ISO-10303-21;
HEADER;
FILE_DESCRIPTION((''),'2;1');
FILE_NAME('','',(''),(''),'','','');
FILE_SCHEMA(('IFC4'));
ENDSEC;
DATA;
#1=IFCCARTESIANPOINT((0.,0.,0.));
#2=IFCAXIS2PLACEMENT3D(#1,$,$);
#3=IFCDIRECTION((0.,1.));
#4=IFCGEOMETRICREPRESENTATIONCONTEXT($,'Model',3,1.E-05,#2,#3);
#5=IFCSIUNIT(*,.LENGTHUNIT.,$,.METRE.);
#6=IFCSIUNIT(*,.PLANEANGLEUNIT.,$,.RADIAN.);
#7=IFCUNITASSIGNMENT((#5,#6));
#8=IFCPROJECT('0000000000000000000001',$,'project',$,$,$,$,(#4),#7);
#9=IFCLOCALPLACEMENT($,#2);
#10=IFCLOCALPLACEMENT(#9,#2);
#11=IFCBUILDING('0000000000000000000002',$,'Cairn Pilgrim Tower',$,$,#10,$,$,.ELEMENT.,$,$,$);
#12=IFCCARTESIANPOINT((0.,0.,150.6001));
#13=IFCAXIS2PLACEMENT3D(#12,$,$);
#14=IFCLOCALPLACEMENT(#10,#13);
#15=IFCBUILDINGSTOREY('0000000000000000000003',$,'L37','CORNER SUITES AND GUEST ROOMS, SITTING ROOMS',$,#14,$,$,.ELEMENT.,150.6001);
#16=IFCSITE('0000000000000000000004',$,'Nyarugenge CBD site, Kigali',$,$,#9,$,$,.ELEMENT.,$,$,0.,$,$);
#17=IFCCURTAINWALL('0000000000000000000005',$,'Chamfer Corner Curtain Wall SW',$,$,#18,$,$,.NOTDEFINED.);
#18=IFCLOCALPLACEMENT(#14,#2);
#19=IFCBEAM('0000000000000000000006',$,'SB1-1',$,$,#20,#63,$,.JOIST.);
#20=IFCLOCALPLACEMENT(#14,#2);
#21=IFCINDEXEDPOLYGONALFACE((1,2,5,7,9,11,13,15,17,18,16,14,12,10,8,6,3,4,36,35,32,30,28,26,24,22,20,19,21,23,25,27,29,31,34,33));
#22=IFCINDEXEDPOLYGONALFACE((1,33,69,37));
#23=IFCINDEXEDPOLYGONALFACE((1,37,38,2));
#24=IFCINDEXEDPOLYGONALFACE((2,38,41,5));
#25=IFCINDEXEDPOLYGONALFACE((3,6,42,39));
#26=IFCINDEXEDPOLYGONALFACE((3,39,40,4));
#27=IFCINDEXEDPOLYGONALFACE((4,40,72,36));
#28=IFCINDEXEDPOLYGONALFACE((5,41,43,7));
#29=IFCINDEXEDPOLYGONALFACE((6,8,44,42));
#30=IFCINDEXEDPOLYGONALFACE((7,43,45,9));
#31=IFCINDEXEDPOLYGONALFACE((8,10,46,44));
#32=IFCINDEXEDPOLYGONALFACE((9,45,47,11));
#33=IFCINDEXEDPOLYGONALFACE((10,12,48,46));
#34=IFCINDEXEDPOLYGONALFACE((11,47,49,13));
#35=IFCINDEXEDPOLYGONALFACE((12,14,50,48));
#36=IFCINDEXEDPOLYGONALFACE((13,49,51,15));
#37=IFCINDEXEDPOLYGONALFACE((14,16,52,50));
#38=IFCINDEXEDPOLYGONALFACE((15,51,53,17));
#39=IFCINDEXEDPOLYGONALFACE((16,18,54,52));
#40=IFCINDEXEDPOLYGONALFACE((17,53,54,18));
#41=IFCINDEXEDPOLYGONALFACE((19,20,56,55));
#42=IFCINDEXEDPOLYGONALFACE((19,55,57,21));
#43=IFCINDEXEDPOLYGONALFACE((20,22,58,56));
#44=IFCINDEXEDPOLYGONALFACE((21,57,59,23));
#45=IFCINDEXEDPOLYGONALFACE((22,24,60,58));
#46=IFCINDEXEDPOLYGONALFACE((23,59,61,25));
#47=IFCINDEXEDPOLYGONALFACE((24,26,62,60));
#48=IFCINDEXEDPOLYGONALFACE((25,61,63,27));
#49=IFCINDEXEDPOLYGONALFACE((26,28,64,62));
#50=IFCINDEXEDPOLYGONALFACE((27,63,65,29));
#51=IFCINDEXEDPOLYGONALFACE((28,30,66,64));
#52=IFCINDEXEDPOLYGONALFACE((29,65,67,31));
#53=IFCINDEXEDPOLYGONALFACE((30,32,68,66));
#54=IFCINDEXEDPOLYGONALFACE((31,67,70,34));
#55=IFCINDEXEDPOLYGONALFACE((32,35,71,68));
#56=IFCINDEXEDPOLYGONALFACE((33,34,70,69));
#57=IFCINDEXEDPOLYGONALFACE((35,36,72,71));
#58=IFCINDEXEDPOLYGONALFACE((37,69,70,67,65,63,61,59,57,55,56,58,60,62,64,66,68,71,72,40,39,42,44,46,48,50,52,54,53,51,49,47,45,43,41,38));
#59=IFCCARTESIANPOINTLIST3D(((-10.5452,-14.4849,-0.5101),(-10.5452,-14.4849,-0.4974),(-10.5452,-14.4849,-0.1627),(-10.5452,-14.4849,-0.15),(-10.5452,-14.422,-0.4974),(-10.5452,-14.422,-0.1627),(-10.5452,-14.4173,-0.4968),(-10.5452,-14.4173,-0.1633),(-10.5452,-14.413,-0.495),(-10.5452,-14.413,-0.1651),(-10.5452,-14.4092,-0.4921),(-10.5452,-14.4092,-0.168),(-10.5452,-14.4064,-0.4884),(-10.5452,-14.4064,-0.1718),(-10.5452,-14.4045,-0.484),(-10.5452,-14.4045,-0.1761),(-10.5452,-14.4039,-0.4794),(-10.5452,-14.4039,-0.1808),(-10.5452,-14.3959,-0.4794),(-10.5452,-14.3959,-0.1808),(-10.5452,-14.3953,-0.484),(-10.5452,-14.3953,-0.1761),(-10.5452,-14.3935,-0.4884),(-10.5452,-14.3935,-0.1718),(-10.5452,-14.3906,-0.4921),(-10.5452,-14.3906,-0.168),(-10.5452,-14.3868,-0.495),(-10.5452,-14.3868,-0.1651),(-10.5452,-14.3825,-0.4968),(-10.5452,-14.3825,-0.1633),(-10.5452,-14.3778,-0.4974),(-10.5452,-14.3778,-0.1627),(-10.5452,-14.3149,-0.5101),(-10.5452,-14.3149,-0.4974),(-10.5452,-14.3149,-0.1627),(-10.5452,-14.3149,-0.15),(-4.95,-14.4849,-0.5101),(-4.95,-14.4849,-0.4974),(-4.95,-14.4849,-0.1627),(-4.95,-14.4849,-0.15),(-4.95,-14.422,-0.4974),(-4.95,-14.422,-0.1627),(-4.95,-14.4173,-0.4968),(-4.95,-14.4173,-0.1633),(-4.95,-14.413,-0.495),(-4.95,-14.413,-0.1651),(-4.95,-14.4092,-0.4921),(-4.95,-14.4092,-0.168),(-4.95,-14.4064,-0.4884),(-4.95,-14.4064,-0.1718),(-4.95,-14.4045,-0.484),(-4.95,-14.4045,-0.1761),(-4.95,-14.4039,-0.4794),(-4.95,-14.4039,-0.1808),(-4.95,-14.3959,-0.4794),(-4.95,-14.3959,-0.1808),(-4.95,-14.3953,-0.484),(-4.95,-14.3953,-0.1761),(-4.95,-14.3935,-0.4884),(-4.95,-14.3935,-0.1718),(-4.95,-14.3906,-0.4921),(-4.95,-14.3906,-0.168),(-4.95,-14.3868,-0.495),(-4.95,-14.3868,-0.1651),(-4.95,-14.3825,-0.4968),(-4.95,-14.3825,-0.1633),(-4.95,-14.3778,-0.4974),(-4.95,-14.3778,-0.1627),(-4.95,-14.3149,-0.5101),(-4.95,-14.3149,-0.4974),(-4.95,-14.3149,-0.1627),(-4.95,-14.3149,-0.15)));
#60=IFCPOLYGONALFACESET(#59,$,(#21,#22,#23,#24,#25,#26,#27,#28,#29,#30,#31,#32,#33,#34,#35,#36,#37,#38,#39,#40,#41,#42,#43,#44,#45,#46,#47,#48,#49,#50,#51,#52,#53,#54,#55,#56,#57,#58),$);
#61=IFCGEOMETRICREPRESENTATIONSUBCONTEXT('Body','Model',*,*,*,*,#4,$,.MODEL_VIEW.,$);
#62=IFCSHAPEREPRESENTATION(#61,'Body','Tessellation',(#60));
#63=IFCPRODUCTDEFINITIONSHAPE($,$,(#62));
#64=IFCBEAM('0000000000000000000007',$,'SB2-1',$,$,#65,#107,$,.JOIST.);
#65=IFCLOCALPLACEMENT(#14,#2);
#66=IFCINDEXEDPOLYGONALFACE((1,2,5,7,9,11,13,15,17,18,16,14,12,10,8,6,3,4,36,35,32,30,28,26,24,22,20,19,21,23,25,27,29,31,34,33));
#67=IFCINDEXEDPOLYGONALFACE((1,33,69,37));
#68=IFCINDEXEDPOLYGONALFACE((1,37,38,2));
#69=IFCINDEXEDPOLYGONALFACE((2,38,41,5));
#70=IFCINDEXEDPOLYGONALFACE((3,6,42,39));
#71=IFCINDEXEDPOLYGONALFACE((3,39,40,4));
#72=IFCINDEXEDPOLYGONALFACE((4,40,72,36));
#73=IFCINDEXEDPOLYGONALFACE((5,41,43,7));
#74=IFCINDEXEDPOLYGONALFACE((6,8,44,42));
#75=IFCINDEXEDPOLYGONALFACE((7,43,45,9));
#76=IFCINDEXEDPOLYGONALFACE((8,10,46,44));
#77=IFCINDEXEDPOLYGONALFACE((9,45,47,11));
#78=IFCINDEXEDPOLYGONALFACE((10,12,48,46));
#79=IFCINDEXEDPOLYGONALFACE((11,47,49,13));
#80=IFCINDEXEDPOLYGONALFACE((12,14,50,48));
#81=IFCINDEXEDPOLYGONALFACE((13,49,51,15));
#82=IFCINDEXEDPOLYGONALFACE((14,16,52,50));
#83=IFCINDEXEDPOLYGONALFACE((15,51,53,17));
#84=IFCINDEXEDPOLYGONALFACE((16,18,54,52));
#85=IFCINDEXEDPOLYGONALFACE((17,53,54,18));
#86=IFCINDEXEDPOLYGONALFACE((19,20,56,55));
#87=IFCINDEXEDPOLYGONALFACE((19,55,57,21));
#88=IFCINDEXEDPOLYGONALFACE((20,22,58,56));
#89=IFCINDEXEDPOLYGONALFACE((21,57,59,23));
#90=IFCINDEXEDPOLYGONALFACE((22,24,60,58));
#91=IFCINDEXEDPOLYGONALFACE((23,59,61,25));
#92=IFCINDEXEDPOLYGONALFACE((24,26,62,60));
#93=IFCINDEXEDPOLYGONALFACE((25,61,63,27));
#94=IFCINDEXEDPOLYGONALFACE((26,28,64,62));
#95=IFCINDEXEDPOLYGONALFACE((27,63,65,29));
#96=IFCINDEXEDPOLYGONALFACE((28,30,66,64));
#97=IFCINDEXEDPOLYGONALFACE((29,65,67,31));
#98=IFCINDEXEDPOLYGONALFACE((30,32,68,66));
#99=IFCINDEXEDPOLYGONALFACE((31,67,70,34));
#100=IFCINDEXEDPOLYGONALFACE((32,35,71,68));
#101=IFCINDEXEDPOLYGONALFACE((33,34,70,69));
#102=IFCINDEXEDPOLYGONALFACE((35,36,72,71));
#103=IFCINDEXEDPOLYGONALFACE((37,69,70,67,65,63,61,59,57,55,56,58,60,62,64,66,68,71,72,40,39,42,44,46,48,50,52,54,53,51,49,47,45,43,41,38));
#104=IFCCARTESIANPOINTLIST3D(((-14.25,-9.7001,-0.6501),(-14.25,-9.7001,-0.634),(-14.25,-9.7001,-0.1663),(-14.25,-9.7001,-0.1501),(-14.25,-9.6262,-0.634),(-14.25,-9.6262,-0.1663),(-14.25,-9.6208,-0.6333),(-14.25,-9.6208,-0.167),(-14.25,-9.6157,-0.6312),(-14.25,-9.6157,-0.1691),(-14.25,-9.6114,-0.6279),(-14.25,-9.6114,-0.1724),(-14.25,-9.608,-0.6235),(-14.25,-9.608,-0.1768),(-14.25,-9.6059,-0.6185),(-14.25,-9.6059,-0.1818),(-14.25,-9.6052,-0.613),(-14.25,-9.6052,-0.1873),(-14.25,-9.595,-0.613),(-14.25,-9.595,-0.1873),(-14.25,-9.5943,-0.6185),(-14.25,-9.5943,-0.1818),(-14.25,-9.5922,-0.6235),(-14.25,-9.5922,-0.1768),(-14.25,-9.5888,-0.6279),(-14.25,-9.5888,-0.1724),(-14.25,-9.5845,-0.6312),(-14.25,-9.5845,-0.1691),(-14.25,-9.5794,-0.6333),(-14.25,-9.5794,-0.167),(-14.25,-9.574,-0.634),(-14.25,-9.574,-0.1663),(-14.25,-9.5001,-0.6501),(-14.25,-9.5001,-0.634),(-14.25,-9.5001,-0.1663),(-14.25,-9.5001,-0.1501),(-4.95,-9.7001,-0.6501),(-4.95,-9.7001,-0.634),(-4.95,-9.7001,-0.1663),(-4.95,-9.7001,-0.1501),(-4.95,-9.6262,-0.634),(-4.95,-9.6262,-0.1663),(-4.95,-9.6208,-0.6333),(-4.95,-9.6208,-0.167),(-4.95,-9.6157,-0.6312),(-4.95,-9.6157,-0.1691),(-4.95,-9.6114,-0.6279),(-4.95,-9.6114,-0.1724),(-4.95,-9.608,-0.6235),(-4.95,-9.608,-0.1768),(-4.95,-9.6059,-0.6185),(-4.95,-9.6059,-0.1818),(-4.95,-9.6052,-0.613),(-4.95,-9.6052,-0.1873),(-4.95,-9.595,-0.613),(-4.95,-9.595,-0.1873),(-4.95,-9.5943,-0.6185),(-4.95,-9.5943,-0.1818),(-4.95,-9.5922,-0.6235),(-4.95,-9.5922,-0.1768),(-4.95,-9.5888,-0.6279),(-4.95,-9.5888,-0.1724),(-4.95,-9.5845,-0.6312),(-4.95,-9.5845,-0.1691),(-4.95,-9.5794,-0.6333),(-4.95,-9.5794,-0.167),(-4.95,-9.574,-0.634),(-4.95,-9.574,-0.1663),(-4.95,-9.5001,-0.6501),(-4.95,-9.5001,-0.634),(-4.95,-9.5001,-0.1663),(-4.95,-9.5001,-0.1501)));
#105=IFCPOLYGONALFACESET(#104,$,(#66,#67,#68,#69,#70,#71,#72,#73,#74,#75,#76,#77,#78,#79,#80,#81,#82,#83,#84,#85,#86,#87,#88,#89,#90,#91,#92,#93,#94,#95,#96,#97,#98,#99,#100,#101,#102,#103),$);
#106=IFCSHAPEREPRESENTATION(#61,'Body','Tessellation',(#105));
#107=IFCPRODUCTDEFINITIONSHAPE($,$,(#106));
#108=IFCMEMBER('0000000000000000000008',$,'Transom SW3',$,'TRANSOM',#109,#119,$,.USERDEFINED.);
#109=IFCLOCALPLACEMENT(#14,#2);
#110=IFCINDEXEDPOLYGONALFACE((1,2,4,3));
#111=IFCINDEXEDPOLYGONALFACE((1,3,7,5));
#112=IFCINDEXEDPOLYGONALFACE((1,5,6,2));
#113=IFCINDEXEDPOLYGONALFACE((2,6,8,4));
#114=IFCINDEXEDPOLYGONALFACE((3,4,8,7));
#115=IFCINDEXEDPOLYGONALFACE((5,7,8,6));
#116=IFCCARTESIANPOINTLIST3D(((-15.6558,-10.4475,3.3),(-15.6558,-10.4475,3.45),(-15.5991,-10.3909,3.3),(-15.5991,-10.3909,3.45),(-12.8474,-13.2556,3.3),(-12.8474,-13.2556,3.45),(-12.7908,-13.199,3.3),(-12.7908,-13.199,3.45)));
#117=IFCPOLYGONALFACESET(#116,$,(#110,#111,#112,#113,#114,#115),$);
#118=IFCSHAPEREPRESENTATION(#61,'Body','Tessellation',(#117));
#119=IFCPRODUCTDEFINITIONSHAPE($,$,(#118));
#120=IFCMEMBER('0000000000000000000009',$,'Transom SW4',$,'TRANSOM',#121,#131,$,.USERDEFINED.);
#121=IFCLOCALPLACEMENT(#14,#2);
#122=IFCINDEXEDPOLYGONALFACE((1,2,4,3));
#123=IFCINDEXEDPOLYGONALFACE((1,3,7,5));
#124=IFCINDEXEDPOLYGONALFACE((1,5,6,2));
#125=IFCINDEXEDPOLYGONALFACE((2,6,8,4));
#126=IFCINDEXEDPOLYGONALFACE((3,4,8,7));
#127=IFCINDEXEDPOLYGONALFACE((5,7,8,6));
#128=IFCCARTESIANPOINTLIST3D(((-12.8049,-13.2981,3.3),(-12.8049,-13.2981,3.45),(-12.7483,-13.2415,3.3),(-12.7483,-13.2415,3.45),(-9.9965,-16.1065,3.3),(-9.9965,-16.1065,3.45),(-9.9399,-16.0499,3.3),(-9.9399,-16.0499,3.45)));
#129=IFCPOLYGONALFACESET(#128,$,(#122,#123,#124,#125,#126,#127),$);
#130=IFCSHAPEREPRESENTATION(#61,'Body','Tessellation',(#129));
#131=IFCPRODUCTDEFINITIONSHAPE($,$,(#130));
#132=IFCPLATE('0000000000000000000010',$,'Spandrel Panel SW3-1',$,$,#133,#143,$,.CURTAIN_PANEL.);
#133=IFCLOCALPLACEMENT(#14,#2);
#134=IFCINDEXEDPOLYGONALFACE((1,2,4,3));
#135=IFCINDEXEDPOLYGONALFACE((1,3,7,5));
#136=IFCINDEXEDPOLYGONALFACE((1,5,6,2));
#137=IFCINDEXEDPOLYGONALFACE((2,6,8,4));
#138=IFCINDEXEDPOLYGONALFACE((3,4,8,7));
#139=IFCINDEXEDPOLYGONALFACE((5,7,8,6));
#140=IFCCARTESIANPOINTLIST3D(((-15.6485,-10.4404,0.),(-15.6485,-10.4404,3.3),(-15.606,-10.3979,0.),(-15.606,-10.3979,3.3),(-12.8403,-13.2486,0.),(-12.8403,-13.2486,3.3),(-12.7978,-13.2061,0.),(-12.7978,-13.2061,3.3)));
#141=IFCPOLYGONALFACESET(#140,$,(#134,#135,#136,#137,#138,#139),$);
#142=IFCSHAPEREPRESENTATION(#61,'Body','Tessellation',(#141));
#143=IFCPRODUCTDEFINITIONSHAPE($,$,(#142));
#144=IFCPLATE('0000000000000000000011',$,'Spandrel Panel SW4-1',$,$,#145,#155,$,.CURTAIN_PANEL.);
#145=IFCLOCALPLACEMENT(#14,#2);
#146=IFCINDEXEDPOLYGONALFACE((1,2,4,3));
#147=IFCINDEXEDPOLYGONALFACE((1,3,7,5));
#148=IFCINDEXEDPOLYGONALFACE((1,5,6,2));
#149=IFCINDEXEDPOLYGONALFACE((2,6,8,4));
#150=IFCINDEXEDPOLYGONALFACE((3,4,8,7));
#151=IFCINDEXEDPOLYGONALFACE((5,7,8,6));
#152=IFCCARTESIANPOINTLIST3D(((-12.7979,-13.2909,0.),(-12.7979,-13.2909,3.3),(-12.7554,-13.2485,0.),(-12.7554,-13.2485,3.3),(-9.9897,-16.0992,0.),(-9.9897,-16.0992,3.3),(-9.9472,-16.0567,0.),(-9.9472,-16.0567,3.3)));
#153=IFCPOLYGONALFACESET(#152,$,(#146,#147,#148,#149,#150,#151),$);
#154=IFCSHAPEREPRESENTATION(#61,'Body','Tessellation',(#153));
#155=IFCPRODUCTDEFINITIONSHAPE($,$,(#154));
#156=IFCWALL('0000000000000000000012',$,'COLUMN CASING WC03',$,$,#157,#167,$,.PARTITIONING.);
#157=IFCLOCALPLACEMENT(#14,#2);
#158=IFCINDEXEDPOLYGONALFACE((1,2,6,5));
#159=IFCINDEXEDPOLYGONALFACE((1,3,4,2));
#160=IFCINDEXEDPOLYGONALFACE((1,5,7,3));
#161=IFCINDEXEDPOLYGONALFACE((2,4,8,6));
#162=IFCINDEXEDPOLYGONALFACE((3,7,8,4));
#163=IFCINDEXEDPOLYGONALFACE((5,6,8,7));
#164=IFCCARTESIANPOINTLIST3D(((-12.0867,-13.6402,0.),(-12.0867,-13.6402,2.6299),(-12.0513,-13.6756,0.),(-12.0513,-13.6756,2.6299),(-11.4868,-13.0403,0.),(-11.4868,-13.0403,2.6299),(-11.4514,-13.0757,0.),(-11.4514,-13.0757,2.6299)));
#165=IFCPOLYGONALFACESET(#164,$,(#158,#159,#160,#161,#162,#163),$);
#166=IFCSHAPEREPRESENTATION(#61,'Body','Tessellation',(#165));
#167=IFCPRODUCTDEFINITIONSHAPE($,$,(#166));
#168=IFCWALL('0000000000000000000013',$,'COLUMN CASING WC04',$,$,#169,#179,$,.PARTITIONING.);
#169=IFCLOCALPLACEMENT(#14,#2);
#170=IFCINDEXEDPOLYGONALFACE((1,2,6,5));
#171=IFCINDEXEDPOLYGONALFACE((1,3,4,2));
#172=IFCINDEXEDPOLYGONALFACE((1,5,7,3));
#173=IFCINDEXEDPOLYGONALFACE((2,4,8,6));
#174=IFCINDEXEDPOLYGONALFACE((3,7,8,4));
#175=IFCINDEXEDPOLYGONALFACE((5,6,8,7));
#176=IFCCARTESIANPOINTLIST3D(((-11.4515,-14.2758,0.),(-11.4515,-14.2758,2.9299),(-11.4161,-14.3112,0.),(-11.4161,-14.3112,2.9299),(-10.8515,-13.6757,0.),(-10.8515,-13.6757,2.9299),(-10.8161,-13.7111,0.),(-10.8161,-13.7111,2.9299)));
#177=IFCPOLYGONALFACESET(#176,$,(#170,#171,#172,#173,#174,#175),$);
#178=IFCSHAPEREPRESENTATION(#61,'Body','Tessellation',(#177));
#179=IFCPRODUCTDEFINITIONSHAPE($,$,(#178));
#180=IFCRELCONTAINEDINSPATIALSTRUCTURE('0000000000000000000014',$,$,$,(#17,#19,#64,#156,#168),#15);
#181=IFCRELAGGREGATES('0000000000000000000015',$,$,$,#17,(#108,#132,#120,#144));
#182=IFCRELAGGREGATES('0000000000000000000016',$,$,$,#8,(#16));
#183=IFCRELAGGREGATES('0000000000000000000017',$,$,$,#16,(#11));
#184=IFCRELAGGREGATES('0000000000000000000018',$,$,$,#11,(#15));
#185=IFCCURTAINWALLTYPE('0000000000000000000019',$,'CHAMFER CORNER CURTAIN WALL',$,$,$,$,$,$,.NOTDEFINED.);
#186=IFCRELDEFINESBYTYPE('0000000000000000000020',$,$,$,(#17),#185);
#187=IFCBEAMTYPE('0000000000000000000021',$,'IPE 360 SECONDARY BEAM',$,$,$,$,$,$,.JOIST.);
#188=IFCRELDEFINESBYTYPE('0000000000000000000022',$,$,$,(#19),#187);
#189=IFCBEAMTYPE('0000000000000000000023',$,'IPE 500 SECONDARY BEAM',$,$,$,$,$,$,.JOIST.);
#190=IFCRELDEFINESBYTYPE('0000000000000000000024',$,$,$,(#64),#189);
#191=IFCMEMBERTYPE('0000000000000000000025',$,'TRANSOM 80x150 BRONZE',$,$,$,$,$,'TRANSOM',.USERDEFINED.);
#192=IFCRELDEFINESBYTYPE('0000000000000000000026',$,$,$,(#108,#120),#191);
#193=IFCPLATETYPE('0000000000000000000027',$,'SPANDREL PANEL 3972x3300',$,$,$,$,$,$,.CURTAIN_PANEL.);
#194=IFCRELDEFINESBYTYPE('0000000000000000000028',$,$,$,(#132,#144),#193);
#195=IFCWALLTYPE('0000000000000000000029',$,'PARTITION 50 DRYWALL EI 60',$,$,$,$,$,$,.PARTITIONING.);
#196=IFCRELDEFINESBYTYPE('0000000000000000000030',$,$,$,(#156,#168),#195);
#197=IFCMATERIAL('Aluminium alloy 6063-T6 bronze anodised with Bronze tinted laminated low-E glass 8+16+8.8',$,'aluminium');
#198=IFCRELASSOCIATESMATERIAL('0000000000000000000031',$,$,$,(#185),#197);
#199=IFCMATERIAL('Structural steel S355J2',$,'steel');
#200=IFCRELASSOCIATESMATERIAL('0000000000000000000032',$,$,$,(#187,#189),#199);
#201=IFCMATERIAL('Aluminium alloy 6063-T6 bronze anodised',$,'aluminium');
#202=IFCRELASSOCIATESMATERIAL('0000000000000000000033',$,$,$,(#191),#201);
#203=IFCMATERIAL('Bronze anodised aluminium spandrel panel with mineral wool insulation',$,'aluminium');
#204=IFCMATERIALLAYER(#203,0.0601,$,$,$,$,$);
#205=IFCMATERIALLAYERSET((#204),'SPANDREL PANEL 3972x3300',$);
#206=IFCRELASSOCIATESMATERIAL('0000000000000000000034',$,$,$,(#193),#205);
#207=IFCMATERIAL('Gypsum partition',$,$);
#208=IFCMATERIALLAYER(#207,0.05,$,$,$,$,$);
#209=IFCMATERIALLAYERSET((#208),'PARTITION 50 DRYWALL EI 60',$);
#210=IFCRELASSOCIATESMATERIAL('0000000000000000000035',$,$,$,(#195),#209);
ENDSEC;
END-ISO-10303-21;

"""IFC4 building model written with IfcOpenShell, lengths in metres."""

from ifc_helpers import new_model, si_unit, direction, frame, frame_2d, origin, origin_2d, place, context, subcontext, project, spatial, rectangle, i_section, extrude, material, layer, layer_set, material_profile, profile_set, type_object, element, aggregate, save


model = new_model("IFC4")

# Units and contexts
model_context = context("Model", 3, precision=1e-05, world=origin(), true_north=direction((0.0, 1.0)))
body_context = subcontext(model_context, "Body", "Model", "MODEL_VIEW")
ifc_project = project(units=[si_unit("LENGTHUNIT", "METRE"), si_unit("PLANEANGLEUNIT", "RADIAN")], contexts=[model_context])

# Site, building, storey
site_placement = place(None, origin())
site = spatial("IfcSite", under=ifc_project, at=site_placement, Name="Nyarugenge CBD site, Kigali", CompositionType="ELEMENT", RefElevation=0.0)
building_placement = place(site_placement, origin())
building = spatial("IfcBuilding", under=site, at=building_placement, Name="Cairn Pilgrim Tower", CompositionType="ELEMENT")
storey_placement = place(building_placement, frame((0.0, 0.0, 150.6001)))
storey = spatial("IfcBuildingStorey", under=building, at=storey_placement, Name="L37", Description="CORNER SUITES AND GUEST ROOMS, SITTING ROOMS", CompositionType="ELEMENT", Elevation=150.6001)

# Shared definitions
ifc_material_1 = material(Name="Structural steel S355J2", Category="steel")

# Shared definitions
ifc_material_2 = material(Name="Aluminium alloy 6063-T6 bronze anodised with Bronze tinted laminated low-E glass 8+16+8.8", Category="aluminium")
ifc_material_3 = material(Name="Aluminium alloy 6063-T6 bronze anodised", Category="aluminium")

# Curtain wall
curtain_wall_type_1 = type_object("IfcCurtainWallType", Name="CHAMFER CORNER CURTAIN WALL", PredefinedType="NOTDEFINED", material=ifc_material_2)
curtain_wall_1_placement = place(storey_placement, origin())
curtain_wall_1 = element("IfcCurtainWall", 1, at=curtain_wall_1_placement, inside=storey, type_object=curtain_wall_type_1, Name="Chamfer Corner Curtain Wall SW", PredefinedType="NOTDEFINED")

# Beams
ifc_material_profile_1 = material_profile(ifc_material_1, i_section(OverallWidth=0.1699, OverallDepth=0.3601, WebThickness=0.0081, FlangeThickness=0.0127, FilletRadius=0.0181, at=origin_2d()), Name="IPE 360")
ifc_profile_set_1 = profile_set([ifc_material_profile_1], Name="Structural steel S355J2")
beam_type_1 = type_object("IfcBeamType", Name="IPE 360 SECONDARY BEAM", PredefinedType="JOIST", material=ifc_profile_set_1)
beam_1_placement = place(storey_placement, frame((-10.5452, -14.3999, -0.3301), z_axis=(1.0, 0.0, 0.0), x_axis=(0.0, 1.0, 0.0)))
element("IfcBeam", 2, at=beam_1_placement, inside=storey, type_object=beam_type_1, Name="SB1-1", PredefinedType="JOIST", context=body_context, shape_type="SweptSolid", body=[
    extrude(i_section(OverallWidth=0.1699, OverallDepth=0.3601, WebThickness=0.0081, FlangeThickness=0.0127, FilletRadius=0.0181, at=origin_2d()), origin(), (0.0, 0.0, 1.0), 5.5952),
])
ifc_material_profile_2 = material_profile(ifc_material_1, i_section(OverallWidth=0.2, OverallDepth=0.5, WebThickness=0.0103, FlangeThickness=0.0161, FilletRadius=0.021, at=origin_2d()), Name="IPE 500")
ifc_profile_set_2 = profile_set([ifc_material_profile_2], Name="Structural steel S355J2")
beam_type_2 = type_object("IfcBeamType", Name="IPE 500 SECONDARY BEAM", PredefinedType="JOIST", material=ifc_profile_set_2)
beam_2_placement = place(storey_placement, frame((-14.25, -9.6001, -0.4001), z_axis=(1.0, 0.0, 0.0), x_axis=(0.0, 1.0, 0.0)))
element("IfcBeam", 3, at=beam_2_placement, inside=storey, type_object=beam_type_2, Name="SB2-1", PredefinedType="JOIST", context=body_context, shape_type="SweptSolid", body=[
    extrude(i_section(OverallWidth=0.2, OverallDepth=0.5, WebThickness=0.0103, FlangeThickness=0.0161, FilletRadius=0.021, at=origin_2d()), origin(), (0.0, 0.0, 1.0), 9.3),
])

# Members
ifc_material_profile_3 = material_profile(ifc_material_3, rectangle(XDim=0.0801, YDim=0.1499, at=origin_2d()), Name="TRANSOM 80x150 BRONZE")
ifc_profile_set_3 = profile_set([ifc_material_profile_3], Name="Aluminium alloy 6063-T6 bronze anodised")
member_type_1 = type_object("IfcMemberType", Name="TRANSOM 80x150 BRONZE", ElementType="TRANSOM", PredefinedType="USERDEFINED", material=ifc_profile_set_3)
member_1_placement = place(storey_placement, frame((-15.6274, -10.4192, 3.375), z_axis=(0.707138, -0.707076, 0.0), x_axis=(0.707076, 0.707138, 0.0)))
member_1 = element("IfcMember", 4, at=member_1_placement, type_object=member_type_1, Name="Transom SW3", ObjectType="TRANSOM", PredefinedType="USERDEFINED", context=body_context, shape_type="SweptSolid", body=[
    extrude(rectangle(XDim=0.0801, YDim=0.1499, at=origin_2d()), origin(), (0.0, 0.0, 1.0), 3.9714),
])
member_2_placement = place(storey_placement, frame((-12.7766, -13.2698, 3.375), z_axis=(0.707107, -0.707107, 0.0), x_axis=(0.707107, 0.707107, 0.0)))
member_2 = element("IfcMember", 5, at=member_2_placement, type_object=member_type_1, Name="Transom SW4", ObjectType="TRANSOM", PredefinedType="USERDEFINED", context=body_context, shape_type="SweptSolid", body=[
    extrude(rectangle(XDim=0.0801, YDim=0.1499, at=origin_2d()), origin(), (0.0, 0.0, 1.0), 3.9717),
])

# Plates
ifc_material_4 = material(Name="Bronze anodised aluminium spandrel panel with mineral wool insulation", Category="aluminium")
ifc_layer_1 = layer(ifc_material_4, 0.0601)
ifc_layer_set_1 = layer_set([ifc_layer_1], Name="SPANDREL PANEL 3972x3300")
plate_type = type_object("IfcPlateType", Name="SPANDREL PANEL 3972x3300", PredefinedType="CURTAIN_PANEL", material=ifc_layer_set_1)
plate_1_placement = place(storey_placement, frame((-14.2231, -11.8232, 0.0), z_axis=(0.0, 0.0, 1.0), x_axis=(0.707107, -0.707107, 0.0)))
plate_1 = element("IfcPlate", 6, at=plate_1_placement, type_object=plate_type, Name="Spandrel Panel SW3-1", PredefinedType="CURTAIN_PANEL", context=body_context, shape_type="SweptSolid", body=[
    extrude(rectangle(XDim=3.9714, YDim=0.0601, at=origin_2d()), origin(), (0.0, 0.0, 1.0), 3.3),
])
plate_2_placement = place(storey_placement, frame((-11.3726, -14.6738, 0.0), z_axis=(0.0, 0.0, 1.0), x_axis=(0.707107, -0.707107, 0.0)))
plate_2 = element("IfcPlate", 7, at=plate_2_placement, type_object=plate_type, Name="Spandrel Panel SW4-1", PredefinedType="CURTAIN_PANEL", context=body_context, shape_type="SweptSolid", body=[
    extrude(rectangle(XDim=3.9714, YDim=0.0601, at=origin_2d()), origin(), (0.0, 0.0, 1.0), 3.3),
])
aggregate(curtain_wall_1, [member_1, plate_1, member_2, plate_2])

# Walls
ifc_material_5 = material(Name="Gypsum partition")
ifc_layer_2 = layer(ifc_material_5, 0.05)
ifc_layer_set_2 = layer_set([ifc_layer_2], Name="PARTITION 50 DRYWALL EI 60")
wall_type_1 = type_object("IfcWallType", Name="PARTITION 50 DRYWALL EI 60", PredefinedType="PARTITIONING", material=ifc_layer_set_2)
wall_1_placement = place(storey_placement, frame((-12.0691, -13.658, 0.0), z_axis=(0.0, 0.0, 1.0), x_axis=(0.707107, 0.707107, 0.0)))
element("IfcWall", 8, at=wall_1_placement, inside=storey, type_object=wall_type_1, Name="COLUMN CASING WC03", PredefinedType="PARTITIONING", context=body_context, shape_type="SweptSolid", body=[
    extrude(rectangle(XDim=0.8484, YDim=0.05, at=frame_2d((0.4243, 0.0))), origin(), (0.0, 0.0, 1.0), 2.6299),
])
wall_2_placement = place(storey_placement, frame((-11.4338, -14.2935, 0.0), z_axis=(0.0, 0.0, 1.0), x_axis=(0.707107, 0.707107, 0.0)))
element("IfcWall", 9, at=wall_2_placement, inside=storey, type_object=wall_type_1, Name="COLUMN CASING WC04", PredefinedType="PARTITIONING", context=body_context, shape_type="SweptSolid", body=[
    extrude(rectangle(XDim=0.8486, YDim=0.05, at=frame_2d((0.4243, 0.0))), origin(), (0.0, 0.0, 1.0), 2.9299),
])

save(model, "model.ifc")
